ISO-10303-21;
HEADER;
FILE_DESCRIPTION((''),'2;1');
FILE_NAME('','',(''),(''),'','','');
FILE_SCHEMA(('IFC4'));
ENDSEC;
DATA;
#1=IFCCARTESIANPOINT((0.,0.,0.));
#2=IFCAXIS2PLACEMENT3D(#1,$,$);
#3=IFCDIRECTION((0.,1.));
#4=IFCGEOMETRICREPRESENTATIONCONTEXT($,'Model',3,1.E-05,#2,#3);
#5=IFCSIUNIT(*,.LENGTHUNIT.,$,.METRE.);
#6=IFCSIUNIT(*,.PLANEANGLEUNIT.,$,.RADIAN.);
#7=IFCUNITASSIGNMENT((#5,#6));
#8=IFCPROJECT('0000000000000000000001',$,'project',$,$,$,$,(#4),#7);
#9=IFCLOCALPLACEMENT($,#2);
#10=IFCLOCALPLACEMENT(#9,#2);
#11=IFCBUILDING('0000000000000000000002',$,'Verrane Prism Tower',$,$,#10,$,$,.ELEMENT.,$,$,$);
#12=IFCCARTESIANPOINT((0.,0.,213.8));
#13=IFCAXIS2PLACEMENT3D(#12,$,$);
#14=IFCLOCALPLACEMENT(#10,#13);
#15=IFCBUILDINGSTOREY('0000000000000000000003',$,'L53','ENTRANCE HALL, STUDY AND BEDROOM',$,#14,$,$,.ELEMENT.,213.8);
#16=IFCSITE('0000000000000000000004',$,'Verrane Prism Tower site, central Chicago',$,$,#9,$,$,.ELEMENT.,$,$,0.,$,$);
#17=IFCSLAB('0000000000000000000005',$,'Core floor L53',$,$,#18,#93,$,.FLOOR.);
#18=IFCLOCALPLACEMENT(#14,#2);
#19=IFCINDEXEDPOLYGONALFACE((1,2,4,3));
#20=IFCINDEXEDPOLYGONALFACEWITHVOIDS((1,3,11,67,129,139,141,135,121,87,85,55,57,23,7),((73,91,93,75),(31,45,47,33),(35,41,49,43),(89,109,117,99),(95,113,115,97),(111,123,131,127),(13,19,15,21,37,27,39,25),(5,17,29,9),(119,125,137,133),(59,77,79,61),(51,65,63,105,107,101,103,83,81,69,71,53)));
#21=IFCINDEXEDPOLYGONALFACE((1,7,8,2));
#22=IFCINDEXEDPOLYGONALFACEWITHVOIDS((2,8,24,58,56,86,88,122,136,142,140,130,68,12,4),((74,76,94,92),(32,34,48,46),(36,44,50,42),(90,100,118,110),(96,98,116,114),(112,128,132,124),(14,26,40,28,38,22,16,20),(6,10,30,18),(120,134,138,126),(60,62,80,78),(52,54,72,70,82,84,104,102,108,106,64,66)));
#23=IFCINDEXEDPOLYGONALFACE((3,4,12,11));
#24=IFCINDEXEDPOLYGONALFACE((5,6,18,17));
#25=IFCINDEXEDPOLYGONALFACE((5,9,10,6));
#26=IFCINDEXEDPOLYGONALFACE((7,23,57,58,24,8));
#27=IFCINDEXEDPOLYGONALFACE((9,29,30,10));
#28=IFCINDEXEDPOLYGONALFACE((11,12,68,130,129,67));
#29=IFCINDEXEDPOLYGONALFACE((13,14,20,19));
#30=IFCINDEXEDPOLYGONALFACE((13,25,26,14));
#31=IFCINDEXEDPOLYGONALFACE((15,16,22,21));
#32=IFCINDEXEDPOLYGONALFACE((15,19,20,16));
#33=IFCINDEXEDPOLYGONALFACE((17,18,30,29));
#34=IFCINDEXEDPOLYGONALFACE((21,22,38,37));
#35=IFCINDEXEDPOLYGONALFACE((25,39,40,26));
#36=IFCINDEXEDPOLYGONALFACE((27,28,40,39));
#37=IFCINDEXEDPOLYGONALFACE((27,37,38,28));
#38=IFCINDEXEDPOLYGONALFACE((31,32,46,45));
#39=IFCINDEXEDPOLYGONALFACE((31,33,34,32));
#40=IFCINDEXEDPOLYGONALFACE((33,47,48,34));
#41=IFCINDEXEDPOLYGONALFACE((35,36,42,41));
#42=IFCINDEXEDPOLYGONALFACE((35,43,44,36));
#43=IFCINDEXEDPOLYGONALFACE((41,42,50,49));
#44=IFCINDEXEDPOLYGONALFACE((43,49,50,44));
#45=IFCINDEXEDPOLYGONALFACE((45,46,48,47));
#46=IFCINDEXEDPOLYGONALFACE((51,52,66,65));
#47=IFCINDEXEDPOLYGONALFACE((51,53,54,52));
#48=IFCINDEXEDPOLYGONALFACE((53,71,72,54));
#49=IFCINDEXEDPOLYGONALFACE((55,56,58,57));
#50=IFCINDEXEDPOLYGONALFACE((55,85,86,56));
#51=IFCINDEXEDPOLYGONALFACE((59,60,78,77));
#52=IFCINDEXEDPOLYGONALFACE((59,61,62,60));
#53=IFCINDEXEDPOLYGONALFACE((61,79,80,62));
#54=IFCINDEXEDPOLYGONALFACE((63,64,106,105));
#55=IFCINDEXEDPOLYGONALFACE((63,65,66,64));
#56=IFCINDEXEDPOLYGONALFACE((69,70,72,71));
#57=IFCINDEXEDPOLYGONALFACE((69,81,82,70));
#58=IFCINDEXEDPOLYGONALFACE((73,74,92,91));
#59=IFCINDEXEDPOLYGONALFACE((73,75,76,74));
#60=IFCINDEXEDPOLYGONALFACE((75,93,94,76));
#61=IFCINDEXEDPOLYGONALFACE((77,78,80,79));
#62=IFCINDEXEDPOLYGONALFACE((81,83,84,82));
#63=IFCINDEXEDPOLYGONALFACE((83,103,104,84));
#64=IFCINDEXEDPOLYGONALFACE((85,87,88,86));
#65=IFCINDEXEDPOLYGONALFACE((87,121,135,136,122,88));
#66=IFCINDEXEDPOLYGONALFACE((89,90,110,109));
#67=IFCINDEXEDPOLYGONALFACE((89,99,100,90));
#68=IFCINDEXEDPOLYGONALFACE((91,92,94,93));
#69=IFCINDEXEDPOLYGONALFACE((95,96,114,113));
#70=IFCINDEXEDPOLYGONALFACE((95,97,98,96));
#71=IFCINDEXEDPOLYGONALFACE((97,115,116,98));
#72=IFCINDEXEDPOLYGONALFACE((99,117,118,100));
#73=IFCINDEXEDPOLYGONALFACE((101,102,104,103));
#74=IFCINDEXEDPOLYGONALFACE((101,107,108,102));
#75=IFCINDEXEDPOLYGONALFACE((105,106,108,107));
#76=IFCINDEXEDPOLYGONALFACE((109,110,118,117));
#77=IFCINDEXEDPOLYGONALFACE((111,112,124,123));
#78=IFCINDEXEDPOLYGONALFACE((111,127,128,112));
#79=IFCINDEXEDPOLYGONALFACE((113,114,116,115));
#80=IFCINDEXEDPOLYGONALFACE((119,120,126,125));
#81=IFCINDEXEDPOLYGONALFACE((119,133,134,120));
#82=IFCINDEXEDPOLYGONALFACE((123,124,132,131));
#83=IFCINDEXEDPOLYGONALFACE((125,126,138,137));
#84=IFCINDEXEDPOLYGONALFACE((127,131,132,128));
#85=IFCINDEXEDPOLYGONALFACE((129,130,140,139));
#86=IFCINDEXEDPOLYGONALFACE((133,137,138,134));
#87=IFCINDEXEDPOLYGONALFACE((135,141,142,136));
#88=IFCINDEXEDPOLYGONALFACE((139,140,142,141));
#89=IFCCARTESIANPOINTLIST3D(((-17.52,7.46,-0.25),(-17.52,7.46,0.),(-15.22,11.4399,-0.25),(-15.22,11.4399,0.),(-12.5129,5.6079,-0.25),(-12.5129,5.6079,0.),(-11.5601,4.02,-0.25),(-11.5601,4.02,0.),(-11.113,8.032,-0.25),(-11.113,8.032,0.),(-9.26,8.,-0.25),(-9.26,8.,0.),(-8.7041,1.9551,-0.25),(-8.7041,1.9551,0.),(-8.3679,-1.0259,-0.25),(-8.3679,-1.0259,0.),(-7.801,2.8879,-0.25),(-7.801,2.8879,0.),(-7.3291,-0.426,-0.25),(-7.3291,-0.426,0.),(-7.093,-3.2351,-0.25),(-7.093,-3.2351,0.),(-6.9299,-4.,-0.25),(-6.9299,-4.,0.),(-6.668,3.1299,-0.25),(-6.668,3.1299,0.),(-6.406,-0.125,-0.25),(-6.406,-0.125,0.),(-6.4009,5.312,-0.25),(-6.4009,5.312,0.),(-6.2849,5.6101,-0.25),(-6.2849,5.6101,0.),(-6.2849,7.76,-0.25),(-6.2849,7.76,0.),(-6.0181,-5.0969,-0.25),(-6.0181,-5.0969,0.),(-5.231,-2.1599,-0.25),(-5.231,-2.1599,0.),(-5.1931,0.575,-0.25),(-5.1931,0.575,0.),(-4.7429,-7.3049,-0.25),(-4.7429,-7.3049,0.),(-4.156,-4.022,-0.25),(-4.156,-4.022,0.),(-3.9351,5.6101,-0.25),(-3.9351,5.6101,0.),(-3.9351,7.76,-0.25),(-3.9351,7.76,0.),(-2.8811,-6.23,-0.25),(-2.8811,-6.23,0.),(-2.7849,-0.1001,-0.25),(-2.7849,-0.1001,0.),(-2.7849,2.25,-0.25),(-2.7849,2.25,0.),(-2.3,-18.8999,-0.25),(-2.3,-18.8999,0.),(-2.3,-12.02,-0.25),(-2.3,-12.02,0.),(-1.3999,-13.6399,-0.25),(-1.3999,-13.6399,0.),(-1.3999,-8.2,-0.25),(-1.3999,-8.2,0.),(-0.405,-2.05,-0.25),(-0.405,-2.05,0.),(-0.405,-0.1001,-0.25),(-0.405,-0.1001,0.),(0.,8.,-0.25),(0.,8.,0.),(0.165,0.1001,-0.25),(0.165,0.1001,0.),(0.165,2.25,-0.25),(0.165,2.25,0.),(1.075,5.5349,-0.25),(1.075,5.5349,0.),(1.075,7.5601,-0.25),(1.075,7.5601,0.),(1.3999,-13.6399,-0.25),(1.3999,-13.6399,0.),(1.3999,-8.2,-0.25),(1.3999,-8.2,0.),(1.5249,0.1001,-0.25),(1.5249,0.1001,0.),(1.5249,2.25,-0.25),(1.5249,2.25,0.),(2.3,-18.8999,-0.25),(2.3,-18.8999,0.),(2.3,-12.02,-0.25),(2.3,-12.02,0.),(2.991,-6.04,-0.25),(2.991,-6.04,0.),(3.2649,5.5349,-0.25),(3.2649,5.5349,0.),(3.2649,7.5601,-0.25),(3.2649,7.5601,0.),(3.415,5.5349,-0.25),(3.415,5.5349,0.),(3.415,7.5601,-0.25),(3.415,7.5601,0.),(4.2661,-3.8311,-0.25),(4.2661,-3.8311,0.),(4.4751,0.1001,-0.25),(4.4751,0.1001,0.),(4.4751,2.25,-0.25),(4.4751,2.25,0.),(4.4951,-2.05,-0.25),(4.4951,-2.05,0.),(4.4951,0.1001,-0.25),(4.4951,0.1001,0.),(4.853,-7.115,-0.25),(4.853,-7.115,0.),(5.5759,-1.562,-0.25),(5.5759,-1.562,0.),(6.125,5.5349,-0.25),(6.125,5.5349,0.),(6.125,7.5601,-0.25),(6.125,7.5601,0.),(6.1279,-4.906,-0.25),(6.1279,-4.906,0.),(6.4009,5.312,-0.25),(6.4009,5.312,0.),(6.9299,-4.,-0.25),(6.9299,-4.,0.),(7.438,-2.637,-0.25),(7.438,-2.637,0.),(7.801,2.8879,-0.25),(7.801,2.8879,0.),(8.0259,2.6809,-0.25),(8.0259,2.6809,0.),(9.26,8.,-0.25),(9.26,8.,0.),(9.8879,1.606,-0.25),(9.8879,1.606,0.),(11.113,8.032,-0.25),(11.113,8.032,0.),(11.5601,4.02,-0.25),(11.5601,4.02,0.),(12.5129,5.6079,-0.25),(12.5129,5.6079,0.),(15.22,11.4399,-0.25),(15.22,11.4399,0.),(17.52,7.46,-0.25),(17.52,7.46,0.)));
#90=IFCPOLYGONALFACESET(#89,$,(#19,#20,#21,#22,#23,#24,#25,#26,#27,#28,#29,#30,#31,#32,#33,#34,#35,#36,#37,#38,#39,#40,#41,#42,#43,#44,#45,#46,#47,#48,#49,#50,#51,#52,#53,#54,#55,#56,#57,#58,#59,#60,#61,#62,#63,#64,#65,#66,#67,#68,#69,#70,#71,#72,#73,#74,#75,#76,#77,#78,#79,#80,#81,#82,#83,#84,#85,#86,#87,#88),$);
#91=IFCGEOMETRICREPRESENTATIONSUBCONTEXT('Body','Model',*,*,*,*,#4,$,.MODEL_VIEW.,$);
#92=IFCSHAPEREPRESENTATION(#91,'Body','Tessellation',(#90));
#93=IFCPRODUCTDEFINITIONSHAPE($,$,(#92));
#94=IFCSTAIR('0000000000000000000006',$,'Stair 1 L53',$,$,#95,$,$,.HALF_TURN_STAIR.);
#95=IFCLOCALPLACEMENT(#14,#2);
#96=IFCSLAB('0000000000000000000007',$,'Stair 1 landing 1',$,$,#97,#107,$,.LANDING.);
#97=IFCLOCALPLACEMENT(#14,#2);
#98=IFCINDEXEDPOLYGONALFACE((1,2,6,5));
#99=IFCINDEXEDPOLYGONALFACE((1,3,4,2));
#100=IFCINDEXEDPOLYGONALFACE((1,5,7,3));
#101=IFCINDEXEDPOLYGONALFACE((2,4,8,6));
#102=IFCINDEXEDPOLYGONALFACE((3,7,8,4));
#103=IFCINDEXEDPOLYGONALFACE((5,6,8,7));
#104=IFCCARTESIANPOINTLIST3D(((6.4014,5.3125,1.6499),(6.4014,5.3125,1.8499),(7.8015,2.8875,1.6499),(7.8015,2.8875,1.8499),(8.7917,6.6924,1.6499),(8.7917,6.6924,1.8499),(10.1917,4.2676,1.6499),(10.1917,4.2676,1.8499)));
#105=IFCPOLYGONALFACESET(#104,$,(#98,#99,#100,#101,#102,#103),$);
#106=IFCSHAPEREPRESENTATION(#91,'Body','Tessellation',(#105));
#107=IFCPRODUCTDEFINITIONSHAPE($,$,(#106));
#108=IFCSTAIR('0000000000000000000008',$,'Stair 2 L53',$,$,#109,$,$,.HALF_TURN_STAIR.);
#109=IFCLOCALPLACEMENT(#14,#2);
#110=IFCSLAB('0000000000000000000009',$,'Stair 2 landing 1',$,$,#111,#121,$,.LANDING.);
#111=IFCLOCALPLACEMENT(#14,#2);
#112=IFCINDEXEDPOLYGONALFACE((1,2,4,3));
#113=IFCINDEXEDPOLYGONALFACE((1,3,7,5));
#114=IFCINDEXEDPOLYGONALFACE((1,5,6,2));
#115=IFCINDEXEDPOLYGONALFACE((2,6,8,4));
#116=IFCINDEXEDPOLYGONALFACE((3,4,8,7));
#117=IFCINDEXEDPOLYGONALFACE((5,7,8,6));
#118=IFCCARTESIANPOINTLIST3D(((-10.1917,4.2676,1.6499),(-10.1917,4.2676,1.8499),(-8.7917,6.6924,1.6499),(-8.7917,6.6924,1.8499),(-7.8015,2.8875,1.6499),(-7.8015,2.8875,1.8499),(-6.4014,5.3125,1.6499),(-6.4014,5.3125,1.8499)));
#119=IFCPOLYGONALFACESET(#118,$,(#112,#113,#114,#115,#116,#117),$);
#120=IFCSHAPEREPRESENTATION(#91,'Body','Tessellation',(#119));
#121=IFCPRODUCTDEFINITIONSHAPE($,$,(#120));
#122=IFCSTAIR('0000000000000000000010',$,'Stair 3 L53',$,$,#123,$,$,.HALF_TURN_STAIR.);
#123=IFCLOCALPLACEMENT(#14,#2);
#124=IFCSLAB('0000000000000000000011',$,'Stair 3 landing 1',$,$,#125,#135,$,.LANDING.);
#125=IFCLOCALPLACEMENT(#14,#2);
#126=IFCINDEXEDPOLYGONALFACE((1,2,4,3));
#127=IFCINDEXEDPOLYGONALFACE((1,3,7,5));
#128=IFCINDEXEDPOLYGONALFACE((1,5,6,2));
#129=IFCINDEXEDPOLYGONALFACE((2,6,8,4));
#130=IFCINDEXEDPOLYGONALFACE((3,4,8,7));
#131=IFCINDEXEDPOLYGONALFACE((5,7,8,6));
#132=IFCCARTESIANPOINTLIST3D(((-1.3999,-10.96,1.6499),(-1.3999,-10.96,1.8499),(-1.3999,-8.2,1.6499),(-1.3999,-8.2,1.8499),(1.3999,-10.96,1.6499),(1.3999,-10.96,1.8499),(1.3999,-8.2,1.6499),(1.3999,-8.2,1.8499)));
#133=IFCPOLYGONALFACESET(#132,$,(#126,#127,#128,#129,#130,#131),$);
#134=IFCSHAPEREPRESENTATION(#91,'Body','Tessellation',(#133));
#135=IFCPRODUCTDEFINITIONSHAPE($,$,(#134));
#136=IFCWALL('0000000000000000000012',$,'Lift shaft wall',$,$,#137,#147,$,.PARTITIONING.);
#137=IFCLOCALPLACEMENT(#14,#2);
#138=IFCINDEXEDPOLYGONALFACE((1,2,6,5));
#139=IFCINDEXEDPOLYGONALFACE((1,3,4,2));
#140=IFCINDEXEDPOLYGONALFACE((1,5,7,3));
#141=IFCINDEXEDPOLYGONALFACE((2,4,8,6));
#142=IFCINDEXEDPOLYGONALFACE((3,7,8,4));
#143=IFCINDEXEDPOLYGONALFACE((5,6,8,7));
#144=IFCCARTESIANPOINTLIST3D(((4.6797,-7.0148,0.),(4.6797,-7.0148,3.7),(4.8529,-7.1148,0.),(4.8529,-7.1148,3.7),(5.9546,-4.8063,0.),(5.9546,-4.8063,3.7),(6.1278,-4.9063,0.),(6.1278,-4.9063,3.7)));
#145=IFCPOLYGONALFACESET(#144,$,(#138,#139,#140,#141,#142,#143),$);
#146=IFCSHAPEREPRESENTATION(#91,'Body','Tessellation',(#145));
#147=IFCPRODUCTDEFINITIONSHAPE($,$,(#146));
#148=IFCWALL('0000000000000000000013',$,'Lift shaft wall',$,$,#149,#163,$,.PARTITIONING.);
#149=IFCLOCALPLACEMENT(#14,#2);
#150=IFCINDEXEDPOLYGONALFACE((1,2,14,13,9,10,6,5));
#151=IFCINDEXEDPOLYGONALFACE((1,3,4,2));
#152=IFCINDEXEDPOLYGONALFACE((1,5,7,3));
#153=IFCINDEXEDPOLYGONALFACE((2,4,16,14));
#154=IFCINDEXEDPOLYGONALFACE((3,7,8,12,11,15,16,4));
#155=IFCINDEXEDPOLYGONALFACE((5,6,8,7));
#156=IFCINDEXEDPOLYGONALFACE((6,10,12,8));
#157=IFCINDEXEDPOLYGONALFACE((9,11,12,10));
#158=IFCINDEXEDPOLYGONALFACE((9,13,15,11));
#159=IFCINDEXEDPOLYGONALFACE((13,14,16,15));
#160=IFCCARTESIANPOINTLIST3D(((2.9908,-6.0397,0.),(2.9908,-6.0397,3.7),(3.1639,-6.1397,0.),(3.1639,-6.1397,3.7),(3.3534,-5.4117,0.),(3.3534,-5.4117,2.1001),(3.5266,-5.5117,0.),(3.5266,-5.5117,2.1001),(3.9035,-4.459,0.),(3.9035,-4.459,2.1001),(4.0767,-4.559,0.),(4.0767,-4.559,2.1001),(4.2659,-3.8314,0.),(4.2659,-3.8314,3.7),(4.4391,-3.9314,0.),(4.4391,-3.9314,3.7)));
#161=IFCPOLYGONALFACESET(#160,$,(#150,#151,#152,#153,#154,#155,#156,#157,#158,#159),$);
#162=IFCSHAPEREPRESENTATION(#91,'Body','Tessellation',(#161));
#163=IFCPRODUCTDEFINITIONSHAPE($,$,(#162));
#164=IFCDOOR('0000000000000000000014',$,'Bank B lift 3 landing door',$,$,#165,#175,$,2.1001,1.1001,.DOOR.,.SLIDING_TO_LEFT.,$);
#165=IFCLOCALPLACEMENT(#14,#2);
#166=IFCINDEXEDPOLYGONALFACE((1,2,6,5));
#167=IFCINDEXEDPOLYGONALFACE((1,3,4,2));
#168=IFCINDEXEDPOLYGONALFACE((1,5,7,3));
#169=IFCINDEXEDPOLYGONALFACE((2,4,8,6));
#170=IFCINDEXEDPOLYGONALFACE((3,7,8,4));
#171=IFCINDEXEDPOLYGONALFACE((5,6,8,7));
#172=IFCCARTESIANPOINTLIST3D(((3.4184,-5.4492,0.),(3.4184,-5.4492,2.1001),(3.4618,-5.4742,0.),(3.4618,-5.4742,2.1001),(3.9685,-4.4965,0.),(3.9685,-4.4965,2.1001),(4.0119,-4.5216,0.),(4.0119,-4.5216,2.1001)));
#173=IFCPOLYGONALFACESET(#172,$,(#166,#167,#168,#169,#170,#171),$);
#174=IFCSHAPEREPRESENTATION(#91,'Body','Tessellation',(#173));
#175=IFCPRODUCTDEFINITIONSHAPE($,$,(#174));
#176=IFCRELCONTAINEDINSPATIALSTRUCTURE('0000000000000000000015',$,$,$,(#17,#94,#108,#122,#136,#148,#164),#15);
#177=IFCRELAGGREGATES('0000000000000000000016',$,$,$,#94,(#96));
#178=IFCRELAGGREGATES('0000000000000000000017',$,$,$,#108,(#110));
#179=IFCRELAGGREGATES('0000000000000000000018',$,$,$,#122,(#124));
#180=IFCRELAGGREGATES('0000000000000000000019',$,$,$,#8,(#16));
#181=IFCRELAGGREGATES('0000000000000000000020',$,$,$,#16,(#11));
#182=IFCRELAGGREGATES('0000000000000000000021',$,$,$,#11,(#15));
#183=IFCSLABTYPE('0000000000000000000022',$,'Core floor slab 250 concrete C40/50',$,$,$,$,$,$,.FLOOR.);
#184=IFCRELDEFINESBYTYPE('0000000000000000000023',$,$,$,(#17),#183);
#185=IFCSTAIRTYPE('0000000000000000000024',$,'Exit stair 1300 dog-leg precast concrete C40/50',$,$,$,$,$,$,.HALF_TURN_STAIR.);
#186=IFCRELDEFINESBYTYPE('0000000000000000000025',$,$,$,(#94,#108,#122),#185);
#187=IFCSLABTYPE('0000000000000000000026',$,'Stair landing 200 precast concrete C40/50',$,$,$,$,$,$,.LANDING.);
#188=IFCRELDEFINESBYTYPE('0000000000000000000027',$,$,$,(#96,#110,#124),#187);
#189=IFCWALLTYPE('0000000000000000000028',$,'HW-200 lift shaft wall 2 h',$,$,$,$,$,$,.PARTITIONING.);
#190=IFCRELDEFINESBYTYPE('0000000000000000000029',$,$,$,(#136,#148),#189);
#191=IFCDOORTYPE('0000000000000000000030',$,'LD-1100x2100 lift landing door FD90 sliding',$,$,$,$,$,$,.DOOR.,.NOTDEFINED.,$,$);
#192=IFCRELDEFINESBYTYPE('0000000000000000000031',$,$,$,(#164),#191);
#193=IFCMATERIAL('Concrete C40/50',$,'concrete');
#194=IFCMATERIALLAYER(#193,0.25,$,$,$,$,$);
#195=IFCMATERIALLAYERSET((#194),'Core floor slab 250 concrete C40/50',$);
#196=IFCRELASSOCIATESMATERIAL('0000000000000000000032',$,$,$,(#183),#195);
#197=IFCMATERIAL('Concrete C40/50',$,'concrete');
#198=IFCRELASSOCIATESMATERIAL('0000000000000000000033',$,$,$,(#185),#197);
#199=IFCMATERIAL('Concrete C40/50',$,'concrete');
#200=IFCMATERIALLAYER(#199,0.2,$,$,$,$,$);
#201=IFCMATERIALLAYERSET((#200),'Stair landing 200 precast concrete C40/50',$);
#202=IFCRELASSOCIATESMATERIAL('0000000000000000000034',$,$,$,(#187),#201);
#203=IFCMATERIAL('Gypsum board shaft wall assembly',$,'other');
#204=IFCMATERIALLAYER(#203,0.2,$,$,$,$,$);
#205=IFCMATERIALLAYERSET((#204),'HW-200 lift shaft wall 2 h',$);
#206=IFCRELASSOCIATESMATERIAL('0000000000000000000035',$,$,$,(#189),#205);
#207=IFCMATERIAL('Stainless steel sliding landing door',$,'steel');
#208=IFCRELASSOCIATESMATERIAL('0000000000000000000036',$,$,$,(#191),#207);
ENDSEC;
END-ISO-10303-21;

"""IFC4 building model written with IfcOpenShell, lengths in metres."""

from ifc_helpers import new_model, si_unit, direction, frame, frame_2d, origin, place, context, subcontext, project, spatial, polyline, rectangle, outline, extrude, material, layer, layer_set, type_object, element, fill, aggregate, save


model = new_model("IFC4")

# Units and contexts
model_context = context("Model", 3, precision=1e-05, world=origin(), true_north=direction((0.0, 1.0)))
body_context = subcontext(model_context, "Body", "Model", "MODEL_VIEW")
ifc_project = project(units=[si_unit("LENGTHUNIT", "METRE"), si_unit("PLANEANGLEUNIT", "RADIAN")], contexts=[model_context])

# Site, building, storey
site_placement = place(None, origin())
site = spatial("IfcSite", under=ifc_project, at=site_placement, Name="Verrane Prism Tower site, central Chicago", CompositionType="ELEMENT", RefElevation=0.0)
building_placement = place(site_placement, origin())
building = spatial("IfcBuilding", under=site, at=building_placement, Name="Verrane Prism Tower", CompositionType="ELEMENT")
storey_placement = place(building_placement, frame((0.0, 0.0, 213.8)))
storey = spatial("IfcBuildingStorey", under=building, at=storey_placement, Name="L53", Description="ENTRANCE HALL, STUDY AND BEDROOM", CompositionType="ELEMENT", Elevation=213.8)

# Slab
ifc_material_1 = material(Name="Concrete C40/50", Category="concrete")
ifc_layer_1 = layer(ifc_material_1, 0.25)
ifc_layer_set_1 = layer_set([ifc_layer_1], Name="Core floor slab 250 concrete C40/50")
slab_type_1 = type_object("IfcSlabType", Name="Core floor slab 250 concrete C40/50", PredefinedType="FLOOR", material=ifc_layer_set_1)
slab_1_placement = place(storey_placement, frame((0.0, 0.0, -0.25)))
element("IfcSlab", 1, at=slab_1_placement, inside=storey, type_object=slab_type_1, Name="Core floor L53", PredefinedType="FLOOR", context=body_context, shape_type="SweptSolid", body=[
    extrude(outline(polyline([(11.5601, 4.02), (17.52, 7.46), (15.22, 11.4399), (9.26, 8.0), (0.0, 8.0), (-9.26, 8.0), (-15.22, 11.4399), (-17.52, 7.46), (-11.5601, 4.02), (-6.9299, -4.0), (-2.3, -12.02), (-2.3, -18.8999), (2.3, -18.8999), (2.3, -12.02), (6.9299, -4.0), (11.5601, 4.02)]), holes=[polyline([(1.3999, -8.2), (1.3999, -13.6399), (-1.3999, -13.6399), (-1.3999, -8.2), (1.3999, -8.2)]), polyline([(-2.8811, -6.23), (-4.7429, -7.3049), (-6.0181, -5.0969), (-4.156, -4.022), (-2.8811, -6.23)]), polyline([(-7.801, 2.8879), (-12.5129, 5.6079), (-11.113, 8.032), (-6.4009, 5.312), (-7.801, 2.8879)]), polyline([(-6.2849, 5.6101), (-6.2849, 7.76), (-3.9351, 7.76), (-3.9351, 5.6101), (-6.2849, 5.6101)]), polyline([(4.2661, -3.8311), (6.1279, -4.906), (4.853, -7.115), (2.991, -6.04), (4.2661, -3.8311)]), polyline([(7.438, -2.637), (5.5759, -1.562), (8.0259, 2.6809), (9.8879, 1.606), (7.438, -2.637)]), polyline([(0.165, 0.1001), (1.5249, 0.1001), (1.5249, 2.25), (4.4751, 2.25), (4.4751, 0.1001), (4.4951, 0.1001), (4.4951, -2.05), (-0.405, -2.05), (-0.405, -0.1001), (-2.7849, -0.1001), (-2.7849, 2.25), (0.165, 2.25), (0.165, 0.1001)]), polyline([(6.4009, 5.312), (11.113, 8.032), (12.5129, 5.6079), (7.801, 2.8879), (6.4009, 5.312)]), polyline([(1.075, 5.5349), (1.075, 7.5601), (3.2649, 7.5601), (3.2649, 5.5349), (1.075, 5.5349)]), polyline([(3.415, 7.5601), (6.125, 7.5601), (6.125, 5.5349), (3.415, 5.5349), (3.415, 7.5601)]), polyline([(-5.231, -2.1599), (-7.093, -3.2351), (-8.3679, -1.0259), (-7.3291, -0.426), (-8.7041, 1.9551), (-6.668, 3.1299), (-5.1931, 0.575), (-6.406, -0.125), (-5.231, -2.1599)])]), origin(), (0.0, 0.0, 1.0), 0.25),
])

# Stairs, slabs
ifc_material_2 = material(Name="Concrete C40/50", Category="concrete")
stair_type = type_object("IfcStairType", Name="Exit stair 1300 dog-leg precast concrete C40/50", PredefinedType="HALF_TURN_STAIR", material=ifc_material_2)
stair_1_placement = place(storey_placement, origin())
stair_1 = element("IfcStair", 2, at=stair_1_placement, inside=storey, type_object=stair_type, Name="Stair 1 L53", PredefinedType="HALF_TURN_STAIR")
ifc_material_3 = material(Name="Concrete C40/50", Category="concrete")
ifc_layer_2 = layer(ifc_material_3, 0.2)
ifc_layer_set_2 = layer_set([ifc_layer_2], Name="Stair landing 200 precast concrete C40/50")
slab_type_2 = type_object("IfcSlabType", Name="Stair landing 200 precast concrete C40/50", PredefinedType="LANDING", material=ifc_layer_set_2)
slab_2_placement = place(storey_placement, frame((0.0, 0.0, 1.6499)))
slab_2 = element("IfcSlab", 3, at=slab_2_placement, type_object=slab_type_2, Name="Stair 1 landing 1", PredefinedType="LANDING", context=body_context, shape_type="SweptSolid", body=[
    extrude(outline(polyline([(8.7917, 6.6924), (6.4014, 5.3125), (7.8015, 2.8875), (10.1917, 4.2676), (8.7917, 6.6924)])), origin(), (0.0, 0.0, 1.0), 0.2),
])
aggregate(stair_1, [slab_2])
stair_2_placement = place(storey_placement, origin())
stair_2 = element("IfcStair", 4, at=stair_2_placement, inside=storey, type_object=stair_type, Name="Stair 2 L53", PredefinedType="HALF_TURN_STAIR")
slab_3_placement = place(storey_placement, frame((0.0, 0.0, 1.6499)))
slab_3 = element("IfcSlab", 5, at=slab_3_placement, type_object=slab_type_2, Name="Stair 2 landing 1", PredefinedType="LANDING", context=body_context, shape_type="SweptSolid", body=[
    extrude(outline(polyline([(-10.1917, 4.2676), (-7.8015, 2.8875), (-6.4014, 5.3125), (-8.7917, 6.6924), (-10.1917, 4.2676)])), origin(), (0.0, 0.0, 1.0), 0.2),
])
aggregate(stair_2, [slab_3])
stair_3_placement = place(storey_placement, origin())
stair_3 = element("IfcStair", 6, at=stair_3_placement, inside=storey, type_object=stair_type, Name="Stair 3 L53", PredefinedType="HALF_TURN_STAIR")
slab_4_placement = place(storey_placement, frame((0.0, 0.0, 1.6499)))
slab_4 = element("IfcSlab", 7, at=slab_4_placement, type_object=slab_type_2, Name="Stair 3 landing 1", PredefinedType="LANDING", context=body_context, shape_type="SweptSolid", body=[
    extrude(outline(polyline([(1.3999, -10.96), (1.3999, -8.2), (-1.3999, -8.2), (-1.3999, -10.96), (1.3999, -10.96)])), origin(), (0.0, 0.0, 1.0), 0.2),
])
aggregate(stair_3, [slab_4])

# Wall
ifc_material_4 = material(Name="Gypsum board shaft wall assembly", Category="other")
ifc_layer_3 = layer(ifc_material_4, 0.2)
ifc_layer_set_3 = layer_set([ifc_layer_3], Name="HW-200 lift shaft wall 2 h")
wall_type_1 = type_object("IfcWallType", Name="HW-200 lift shaft wall 2 h", PredefinedType="PARTITIONING", material=ifc_layer_set_3)
wall_1_placement = place(storey_placement, frame((4.7664, -7.0647, 0.0), z_axis=(0.0, 0.0, 1.0), x_axis=(0.499949, 0.866055, 0.0)))
element("IfcWall", 8, at=wall_1_placement, inside=storey, type_object=wall_type_1, Name="Lift shaft wall", PredefinedType="PARTITIONING", context=body_context, shape_type="SweptSolid", body=[
    extrude(rectangle(XDim=2.55, YDim=0.2, at=frame_2d((1.2749, 0.0))), origin(), (0.0, 0.0, 1.0), 3.7),
])

# Wall, opening, door
wall_2_placement = place(storey_placement, frame((3.0774, -6.0896, 0.0), z_axis=(0.0, 0.0, 1.0), x_axis=(0.500062, 0.865989, 0.0)))
wall_2 = element("IfcWall", 9, at=wall_2_placement, inside=storey, type_object=wall_type_1, Name="Lift shaft wall", PredefinedType="PARTITIONING", context=body_context, shape_type="SweptSolid", body=[
    extrude(rectangle(XDim=2.55, YDim=0.2, at=frame_2d((1.2749, 0.0))), origin(), (0.0, 0.0, 1.0), 3.7),
])
opening_1_placement = place(wall_2_placement, frame((0.7251, 0.0, 0.0)))
opening_1 = element("IfcOpeningElement", 10, at=opening_1_placement, cuts=wall_2, PredefinedType="OPENING", context=body_context, shape_type="SweptSolid", body=[
    extrude(rectangle(XDim=1.1001, YDim=2.1001, at=frame_2d((0.55, 1.05))), frame((0.0, 0.1099, 0.0), z_axis=(0.0, -1.0, 0.0), x_axis=(1.0, 0.0, 0.0)), (0.0, 0.0, 1.0), 0.22),
])
ifc_material_5 = material(Name="Stainless steel sliding landing door", Category="steel")
door_type_1 = type_object("IfcDoorType", Name="LD-1100x2100 lift landing door FD90 sliding", OperationType="NOTDEFINED", PredefinedType="DOOR", material=ifc_material_5)
door_1_placement = place(opening_1_placement, origin())
door_1 = element("IfcDoor", 11, at=door_1_placement, inside=storey, type_object=door_type_1, Name="Bank B lift 3 landing door", OperationType="SLIDING_TO_LEFT", OverallHeight=2.1001, OverallWidth=1.1001, PredefinedType="DOOR", context=body_context, shape_type="SweptSolid", body=[
    extrude(rectangle(XDim=1.1001, YDim=2.1001, at=frame_2d((0.55, 1.05))), frame((0.0, 0.0249, 0.0), z_axis=(0.0, -1.0, 0.0), x_axis=(1.0, 0.0, 0.0)), (0.0, 0.0, 1.0), 0.05),
])
fill(opening_1, door_1)

save(model, "model.ifc")
